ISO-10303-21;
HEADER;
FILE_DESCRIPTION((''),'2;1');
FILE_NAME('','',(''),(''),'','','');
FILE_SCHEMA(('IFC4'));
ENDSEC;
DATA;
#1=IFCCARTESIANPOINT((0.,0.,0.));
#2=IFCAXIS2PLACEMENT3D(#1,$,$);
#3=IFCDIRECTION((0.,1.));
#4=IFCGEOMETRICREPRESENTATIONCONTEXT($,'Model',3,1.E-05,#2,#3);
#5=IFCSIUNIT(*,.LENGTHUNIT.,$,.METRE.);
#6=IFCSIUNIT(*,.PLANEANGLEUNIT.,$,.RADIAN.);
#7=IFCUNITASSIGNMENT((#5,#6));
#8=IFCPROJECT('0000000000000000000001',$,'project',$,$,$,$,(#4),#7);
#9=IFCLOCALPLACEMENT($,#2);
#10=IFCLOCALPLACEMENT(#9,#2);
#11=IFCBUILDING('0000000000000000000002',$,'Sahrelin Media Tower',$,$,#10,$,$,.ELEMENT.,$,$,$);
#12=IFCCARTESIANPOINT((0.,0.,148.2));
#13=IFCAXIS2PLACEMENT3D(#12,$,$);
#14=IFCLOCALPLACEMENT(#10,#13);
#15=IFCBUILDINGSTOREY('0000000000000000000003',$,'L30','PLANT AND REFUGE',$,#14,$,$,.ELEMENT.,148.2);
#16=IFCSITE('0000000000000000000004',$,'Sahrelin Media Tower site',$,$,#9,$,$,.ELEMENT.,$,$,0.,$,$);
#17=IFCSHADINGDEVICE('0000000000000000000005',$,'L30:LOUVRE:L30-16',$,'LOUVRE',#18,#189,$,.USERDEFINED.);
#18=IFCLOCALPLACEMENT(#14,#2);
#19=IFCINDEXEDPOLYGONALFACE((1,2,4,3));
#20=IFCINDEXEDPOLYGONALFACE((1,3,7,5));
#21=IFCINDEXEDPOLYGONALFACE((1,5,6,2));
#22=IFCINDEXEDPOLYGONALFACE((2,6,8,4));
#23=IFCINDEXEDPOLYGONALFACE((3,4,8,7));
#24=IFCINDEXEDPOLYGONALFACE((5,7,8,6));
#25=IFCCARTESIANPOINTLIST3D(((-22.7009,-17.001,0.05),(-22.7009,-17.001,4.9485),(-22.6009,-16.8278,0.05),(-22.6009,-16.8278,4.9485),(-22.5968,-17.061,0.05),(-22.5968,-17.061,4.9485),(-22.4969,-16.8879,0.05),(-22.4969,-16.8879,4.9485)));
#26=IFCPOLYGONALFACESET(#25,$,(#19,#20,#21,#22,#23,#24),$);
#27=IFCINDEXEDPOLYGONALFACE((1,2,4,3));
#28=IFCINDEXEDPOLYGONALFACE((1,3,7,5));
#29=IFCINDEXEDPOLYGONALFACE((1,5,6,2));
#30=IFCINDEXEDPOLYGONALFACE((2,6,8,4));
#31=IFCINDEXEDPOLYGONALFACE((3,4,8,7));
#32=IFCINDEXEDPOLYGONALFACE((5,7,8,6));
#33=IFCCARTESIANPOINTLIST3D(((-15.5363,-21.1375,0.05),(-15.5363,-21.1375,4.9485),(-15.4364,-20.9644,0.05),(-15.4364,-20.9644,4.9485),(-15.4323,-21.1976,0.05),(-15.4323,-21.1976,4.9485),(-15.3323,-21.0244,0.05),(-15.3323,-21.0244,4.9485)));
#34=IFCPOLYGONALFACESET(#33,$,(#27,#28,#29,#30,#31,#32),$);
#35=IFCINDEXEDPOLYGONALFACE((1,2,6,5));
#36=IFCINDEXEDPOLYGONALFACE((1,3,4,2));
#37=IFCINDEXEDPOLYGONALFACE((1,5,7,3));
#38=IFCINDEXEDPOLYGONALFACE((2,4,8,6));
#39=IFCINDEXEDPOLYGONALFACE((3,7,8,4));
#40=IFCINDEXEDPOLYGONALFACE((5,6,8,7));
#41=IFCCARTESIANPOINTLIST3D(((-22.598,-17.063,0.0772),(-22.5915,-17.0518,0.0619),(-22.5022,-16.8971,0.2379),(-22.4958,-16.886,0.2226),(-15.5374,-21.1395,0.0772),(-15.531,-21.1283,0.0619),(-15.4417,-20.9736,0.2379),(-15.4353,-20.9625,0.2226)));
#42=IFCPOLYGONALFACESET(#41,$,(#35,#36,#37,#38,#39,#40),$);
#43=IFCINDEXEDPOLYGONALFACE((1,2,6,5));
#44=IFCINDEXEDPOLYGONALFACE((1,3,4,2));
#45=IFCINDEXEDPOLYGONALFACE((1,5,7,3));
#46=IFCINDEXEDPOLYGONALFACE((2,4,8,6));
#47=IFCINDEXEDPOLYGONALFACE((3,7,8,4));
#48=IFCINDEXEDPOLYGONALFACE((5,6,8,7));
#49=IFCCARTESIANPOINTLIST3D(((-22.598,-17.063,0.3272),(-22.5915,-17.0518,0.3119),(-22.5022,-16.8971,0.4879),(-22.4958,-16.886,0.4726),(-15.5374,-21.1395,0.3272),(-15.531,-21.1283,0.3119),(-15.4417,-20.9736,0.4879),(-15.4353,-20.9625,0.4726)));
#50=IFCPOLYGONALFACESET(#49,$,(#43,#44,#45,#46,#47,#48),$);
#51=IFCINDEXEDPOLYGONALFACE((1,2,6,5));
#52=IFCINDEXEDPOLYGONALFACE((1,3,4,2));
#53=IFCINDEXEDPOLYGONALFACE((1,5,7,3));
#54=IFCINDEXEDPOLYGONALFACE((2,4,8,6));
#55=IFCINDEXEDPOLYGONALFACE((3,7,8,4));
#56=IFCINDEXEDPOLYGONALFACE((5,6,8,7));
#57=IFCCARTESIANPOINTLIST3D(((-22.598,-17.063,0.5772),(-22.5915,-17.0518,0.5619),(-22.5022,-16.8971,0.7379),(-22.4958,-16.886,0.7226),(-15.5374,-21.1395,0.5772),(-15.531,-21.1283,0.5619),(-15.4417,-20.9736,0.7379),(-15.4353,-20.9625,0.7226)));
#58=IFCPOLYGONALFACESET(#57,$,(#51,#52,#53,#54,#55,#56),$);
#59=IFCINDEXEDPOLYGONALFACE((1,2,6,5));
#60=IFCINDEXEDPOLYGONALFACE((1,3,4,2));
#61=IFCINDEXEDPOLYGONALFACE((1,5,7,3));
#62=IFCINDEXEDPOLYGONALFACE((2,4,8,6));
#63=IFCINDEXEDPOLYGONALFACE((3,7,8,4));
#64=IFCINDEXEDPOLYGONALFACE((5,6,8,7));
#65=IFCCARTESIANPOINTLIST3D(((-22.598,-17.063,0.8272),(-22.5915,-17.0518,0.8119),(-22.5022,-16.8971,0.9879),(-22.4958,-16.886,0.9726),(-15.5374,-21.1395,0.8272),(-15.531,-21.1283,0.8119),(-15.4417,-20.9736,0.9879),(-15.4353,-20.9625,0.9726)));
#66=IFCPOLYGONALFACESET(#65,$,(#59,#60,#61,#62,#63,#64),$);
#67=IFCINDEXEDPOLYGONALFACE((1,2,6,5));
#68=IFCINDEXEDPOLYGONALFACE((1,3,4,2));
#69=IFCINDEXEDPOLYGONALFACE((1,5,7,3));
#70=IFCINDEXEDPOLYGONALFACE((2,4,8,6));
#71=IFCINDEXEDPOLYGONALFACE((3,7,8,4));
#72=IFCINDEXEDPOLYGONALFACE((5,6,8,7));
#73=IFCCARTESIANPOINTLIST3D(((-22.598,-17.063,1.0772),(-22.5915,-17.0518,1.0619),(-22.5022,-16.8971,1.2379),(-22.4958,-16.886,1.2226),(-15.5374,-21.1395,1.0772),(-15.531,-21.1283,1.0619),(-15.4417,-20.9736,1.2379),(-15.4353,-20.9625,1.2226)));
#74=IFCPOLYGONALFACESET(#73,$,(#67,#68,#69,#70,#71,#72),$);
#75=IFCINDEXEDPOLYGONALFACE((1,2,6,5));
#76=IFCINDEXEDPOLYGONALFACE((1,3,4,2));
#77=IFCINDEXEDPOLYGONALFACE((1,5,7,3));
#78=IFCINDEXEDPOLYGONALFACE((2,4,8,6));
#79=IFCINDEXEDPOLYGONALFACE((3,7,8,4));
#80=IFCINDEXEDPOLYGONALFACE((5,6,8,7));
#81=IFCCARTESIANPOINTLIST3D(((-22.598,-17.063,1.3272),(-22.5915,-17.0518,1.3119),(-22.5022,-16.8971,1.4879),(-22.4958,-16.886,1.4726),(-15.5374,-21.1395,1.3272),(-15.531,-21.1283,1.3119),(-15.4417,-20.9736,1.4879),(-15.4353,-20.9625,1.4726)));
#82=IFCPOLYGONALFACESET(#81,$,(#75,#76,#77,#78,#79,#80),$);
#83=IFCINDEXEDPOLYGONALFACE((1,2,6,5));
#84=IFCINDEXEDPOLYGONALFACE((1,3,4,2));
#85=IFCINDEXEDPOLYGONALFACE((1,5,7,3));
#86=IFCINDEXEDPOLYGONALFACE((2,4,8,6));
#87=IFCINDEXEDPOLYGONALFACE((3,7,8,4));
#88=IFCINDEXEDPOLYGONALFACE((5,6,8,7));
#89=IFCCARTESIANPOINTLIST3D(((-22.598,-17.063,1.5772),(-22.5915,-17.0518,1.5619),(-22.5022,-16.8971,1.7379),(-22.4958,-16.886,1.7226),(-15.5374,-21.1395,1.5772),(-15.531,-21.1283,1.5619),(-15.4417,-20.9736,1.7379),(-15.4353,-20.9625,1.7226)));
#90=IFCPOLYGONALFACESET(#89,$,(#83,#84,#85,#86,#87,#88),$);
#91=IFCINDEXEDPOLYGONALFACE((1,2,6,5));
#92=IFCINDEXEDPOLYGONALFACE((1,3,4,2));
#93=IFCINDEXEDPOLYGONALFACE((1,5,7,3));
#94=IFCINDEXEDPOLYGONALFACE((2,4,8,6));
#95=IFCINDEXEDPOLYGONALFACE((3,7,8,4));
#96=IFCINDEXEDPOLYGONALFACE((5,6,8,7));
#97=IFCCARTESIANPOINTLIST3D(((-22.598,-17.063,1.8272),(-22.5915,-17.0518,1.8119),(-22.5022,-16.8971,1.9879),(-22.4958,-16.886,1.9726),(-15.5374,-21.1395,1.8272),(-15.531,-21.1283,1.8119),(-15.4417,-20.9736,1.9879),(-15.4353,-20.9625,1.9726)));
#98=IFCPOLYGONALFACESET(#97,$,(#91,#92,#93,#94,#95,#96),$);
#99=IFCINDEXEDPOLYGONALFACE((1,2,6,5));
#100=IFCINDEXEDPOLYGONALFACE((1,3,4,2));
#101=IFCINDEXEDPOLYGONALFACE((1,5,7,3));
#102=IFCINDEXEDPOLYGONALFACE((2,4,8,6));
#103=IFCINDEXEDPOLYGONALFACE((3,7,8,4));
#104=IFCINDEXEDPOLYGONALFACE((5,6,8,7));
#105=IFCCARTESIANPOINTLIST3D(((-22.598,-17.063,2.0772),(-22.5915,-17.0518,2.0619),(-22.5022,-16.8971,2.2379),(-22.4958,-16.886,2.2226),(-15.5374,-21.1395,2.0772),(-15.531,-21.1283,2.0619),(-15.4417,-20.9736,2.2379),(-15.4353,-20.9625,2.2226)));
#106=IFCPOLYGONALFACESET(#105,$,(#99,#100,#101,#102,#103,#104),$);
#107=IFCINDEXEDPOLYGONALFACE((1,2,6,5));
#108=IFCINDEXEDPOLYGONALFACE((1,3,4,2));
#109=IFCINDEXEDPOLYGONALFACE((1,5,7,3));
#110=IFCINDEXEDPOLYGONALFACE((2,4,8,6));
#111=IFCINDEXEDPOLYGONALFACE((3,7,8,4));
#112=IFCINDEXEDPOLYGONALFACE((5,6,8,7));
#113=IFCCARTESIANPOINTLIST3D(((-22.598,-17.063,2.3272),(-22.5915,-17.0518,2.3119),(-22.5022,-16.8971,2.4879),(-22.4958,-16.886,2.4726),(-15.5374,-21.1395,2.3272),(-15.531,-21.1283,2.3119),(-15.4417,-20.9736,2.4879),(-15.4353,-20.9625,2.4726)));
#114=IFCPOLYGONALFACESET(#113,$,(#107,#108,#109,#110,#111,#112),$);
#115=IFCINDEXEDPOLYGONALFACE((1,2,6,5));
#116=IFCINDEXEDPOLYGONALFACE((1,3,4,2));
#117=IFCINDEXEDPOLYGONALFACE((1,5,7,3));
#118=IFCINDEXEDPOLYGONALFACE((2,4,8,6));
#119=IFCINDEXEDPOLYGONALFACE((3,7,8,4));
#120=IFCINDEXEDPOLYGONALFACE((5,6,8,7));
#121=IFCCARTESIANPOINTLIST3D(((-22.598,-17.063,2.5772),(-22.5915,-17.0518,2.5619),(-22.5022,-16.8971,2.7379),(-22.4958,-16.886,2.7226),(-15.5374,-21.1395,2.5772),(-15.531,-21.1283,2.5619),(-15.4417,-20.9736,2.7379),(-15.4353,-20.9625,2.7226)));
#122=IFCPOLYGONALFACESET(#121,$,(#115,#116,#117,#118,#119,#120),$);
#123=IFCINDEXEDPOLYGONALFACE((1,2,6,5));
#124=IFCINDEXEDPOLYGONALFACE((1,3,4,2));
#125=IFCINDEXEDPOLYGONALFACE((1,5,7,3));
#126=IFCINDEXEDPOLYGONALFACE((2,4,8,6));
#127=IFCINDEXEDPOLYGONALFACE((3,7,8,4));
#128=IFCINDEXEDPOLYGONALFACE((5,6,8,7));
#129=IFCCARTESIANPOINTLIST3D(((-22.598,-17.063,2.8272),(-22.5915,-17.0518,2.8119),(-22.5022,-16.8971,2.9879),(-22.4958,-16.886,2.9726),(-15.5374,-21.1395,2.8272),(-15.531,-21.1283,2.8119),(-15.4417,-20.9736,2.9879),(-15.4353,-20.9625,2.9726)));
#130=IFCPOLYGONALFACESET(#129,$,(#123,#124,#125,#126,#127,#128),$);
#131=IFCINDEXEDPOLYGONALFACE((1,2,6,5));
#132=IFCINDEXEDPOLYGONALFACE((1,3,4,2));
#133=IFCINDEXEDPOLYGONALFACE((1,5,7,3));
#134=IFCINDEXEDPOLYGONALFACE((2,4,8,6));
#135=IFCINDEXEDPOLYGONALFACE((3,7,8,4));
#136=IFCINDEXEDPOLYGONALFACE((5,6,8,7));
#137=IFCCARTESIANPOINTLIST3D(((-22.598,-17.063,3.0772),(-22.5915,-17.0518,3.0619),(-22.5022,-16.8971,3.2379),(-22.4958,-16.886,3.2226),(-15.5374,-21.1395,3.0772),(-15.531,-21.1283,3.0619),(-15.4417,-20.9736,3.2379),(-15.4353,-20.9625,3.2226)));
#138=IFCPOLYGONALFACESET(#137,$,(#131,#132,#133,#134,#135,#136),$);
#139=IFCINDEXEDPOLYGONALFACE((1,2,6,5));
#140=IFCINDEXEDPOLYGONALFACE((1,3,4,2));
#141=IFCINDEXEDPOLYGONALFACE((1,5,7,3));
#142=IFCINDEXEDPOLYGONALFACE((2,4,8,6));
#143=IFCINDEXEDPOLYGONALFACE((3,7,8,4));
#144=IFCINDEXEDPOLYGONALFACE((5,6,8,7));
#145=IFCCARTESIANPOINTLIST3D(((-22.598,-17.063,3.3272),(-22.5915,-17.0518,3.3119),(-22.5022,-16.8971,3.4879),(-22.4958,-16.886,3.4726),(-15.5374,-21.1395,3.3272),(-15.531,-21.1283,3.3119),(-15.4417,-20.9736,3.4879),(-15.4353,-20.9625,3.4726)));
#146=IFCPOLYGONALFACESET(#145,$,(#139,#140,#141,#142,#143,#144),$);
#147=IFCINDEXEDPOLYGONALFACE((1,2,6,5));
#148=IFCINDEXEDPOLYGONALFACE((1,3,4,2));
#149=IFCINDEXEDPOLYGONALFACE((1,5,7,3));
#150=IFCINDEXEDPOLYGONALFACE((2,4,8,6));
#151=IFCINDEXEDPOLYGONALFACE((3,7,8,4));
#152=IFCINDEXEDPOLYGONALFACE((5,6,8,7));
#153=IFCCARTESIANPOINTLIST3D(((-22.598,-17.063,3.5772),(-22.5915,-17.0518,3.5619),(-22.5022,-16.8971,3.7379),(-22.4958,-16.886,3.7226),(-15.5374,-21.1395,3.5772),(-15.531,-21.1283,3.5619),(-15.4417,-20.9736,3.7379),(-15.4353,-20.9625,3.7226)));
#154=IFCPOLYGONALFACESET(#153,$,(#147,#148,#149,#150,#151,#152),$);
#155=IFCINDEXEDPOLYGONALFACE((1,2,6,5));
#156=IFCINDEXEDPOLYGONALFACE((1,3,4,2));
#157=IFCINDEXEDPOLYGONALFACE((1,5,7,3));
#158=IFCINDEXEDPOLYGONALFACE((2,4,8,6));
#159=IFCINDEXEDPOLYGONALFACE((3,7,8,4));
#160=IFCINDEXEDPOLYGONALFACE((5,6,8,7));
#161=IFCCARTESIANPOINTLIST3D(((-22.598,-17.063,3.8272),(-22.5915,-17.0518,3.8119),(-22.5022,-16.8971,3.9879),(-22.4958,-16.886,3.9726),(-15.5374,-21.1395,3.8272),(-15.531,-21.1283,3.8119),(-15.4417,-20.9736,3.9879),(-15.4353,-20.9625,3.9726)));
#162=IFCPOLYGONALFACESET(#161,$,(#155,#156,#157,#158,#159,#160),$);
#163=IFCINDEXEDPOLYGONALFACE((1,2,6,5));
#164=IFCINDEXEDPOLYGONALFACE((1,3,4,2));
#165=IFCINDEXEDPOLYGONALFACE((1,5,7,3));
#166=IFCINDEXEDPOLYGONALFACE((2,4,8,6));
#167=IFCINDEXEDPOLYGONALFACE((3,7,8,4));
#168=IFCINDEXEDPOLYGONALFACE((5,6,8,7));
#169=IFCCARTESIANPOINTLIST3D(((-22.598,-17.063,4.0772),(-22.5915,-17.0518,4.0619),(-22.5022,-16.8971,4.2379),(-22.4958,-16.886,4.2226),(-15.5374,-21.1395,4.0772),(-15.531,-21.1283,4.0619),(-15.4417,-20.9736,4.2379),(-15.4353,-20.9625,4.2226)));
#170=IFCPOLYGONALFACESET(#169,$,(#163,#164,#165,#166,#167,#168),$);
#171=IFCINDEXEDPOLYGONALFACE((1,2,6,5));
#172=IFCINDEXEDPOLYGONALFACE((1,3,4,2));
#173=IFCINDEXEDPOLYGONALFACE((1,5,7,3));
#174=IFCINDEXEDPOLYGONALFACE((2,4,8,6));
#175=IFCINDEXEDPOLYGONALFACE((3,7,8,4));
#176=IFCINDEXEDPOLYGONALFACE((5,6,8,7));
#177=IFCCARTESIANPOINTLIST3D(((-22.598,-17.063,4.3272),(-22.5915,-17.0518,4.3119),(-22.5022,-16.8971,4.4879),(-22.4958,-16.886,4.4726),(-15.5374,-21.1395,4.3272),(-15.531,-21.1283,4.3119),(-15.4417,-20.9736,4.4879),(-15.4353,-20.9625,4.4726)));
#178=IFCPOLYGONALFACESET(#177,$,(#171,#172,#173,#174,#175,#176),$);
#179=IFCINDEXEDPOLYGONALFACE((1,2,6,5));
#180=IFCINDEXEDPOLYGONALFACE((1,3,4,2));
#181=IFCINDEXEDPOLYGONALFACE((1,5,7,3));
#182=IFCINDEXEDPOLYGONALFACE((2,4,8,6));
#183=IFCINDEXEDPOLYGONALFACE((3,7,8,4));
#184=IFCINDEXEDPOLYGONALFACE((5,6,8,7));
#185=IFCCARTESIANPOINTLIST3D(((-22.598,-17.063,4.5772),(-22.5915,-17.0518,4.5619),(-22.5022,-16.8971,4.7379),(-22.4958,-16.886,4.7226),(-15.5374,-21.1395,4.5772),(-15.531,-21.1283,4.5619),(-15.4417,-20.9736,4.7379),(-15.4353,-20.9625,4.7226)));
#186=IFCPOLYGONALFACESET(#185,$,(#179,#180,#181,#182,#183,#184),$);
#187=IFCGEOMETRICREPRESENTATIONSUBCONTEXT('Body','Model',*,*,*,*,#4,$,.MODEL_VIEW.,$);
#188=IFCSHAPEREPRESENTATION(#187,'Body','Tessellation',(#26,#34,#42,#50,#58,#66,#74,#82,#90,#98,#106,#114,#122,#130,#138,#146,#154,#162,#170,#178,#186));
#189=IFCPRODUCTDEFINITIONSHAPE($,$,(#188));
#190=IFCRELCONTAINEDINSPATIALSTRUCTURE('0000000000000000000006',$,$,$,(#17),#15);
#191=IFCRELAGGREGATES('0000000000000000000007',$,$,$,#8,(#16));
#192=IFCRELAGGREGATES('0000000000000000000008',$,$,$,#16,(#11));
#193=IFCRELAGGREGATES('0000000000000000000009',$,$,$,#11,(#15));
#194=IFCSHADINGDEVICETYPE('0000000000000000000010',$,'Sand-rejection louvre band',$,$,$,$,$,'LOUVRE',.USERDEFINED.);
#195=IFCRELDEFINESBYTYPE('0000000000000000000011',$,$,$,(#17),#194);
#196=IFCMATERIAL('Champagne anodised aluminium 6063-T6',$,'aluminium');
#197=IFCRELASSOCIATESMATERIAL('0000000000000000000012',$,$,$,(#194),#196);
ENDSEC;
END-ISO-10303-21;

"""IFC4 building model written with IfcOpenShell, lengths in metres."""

from ifc_helpers import new_model, si_unit, direction, frame, origin, origin_2d, place, context, subcontext, project, spatial, rectangle, extrude, material, type_object, element, save


model = new_model("IFC4")

# Units and contexts
model_context = context("Model", 3, precision=1e-05, world=origin(), true_north=direction((0.0, 1.0)))
body_context = subcontext(model_context, "Body", "Model", "MODEL_VIEW")
ifc_project = project(units=[si_unit("LENGTHUNIT", "METRE"), si_unit("PLANEANGLEUNIT", "RADIAN")], contexts=[model_context])

# Site, building, storey
site_placement = place(None, origin())
site = spatial("IfcSite", under=ifc_project, at=site_placement, Name="Sahrelin Media Tower site", CompositionType="ELEMENT", RefElevation=0.0)
building_placement = place(site_placement, origin())
building = spatial("IfcBuilding", under=site, at=building_placement, Name="Sahrelin Media Tower", CompositionType="ELEMENT")
storey_placement = place(building_placement, frame((0.0, 0.0, 148.2)))
storey = spatial("IfcBuildingStorey", under=building, at=storey_placement, Name="L30", Description="PLANT AND REFUGE", CompositionType="ELEMENT", Elevation=148.2)

# Shading device
ifc_material_1 = material(Name="Champagne anodised aluminium 6063-T6", Category="aluminium")
shading_device_type = type_object("IfcShadingDeviceType", Name="Sand-rejection louvre band", ElementType="LOUVRE", PredefinedType="USERDEFINED", material=ifc_material_1)
shading_device_1_placement = place(storey_placement, frame((-18.9666, -18.926, 0.0), z_axis=(0.0, 0.0, 1.0), x_axis=(-0.866019, 0.500011, 0.0)))
element("IfcShadingDevice", 1, at=shading_device_1_placement, inside=storey, type_object=shading_device_type, Name="L30:LOUVRE:L30-16", ObjectType="LOUVRE", PredefinedType="USERDEFINED", context=body_context, shape_type="SweptSolid", body=[
    extrude(rectangle(XDim=0.1201, YDim=0.2, at=origin_2d()), frame((4.1365, 0.1001, 0.05), z_axis=(0.0, 0.0, 1.0), x_axis=(1.0, 0.0, 0.0)), (0.0, 0.0, 1.0), 4.8984),
    extrude(rectangle(XDim=0.1201, YDim=0.2, at=origin_2d()), frame((-4.1365, 0.1001, 0.05), z_axis=(0.0, 0.0, 1.0), x_axis=(1.0, 0.0, 0.0)), (0.0, 0.0, 1.0), 4.8984),
    extrude(rectangle(XDim=0.25, YDim=0.02, at=origin_2d()), frame((4.0764, 0.1001, 0.1499), z_axis=(-1.0, 0.0, 0.0), x_axis=(0.0, -0.766044, 0.642788)), (0.0, 0.0, 1.0), 8.1528),
    extrude(rectangle(XDim=0.25, YDim=0.02, at=origin_2d()), frame((4.0764, 0.1001, 0.3999), z_axis=(-1.0, 0.0, 0.0), x_axis=(0.0, -0.766044, 0.642788)), (0.0, 0.0, 1.0), 8.1528),
    extrude(rectangle(XDim=0.25, YDim=0.02, at=origin_2d()), frame((4.0764, 0.1001, 0.6499), z_axis=(-1.0, 0.0, 0.0), x_axis=(0.0, -0.766044, 0.642788)), (0.0, 0.0, 1.0), 8.1528),
    extrude(rectangle(XDim=0.25, YDim=0.02, at=origin_2d()), frame((4.0764, 0.1001, 0.8999), z_axis=(-1.0, 0.0, 0.0), x_axis=(0.0, -0.766044, 0.642788)), (0.0, 0.0, 1.0), 8.1528),
    extrude(rectangle(XDim=0.25, YDim=0.02, at=origin_2d()), frame((4.0764, 0.1001, 1.1499), z_axis=(-1.0, 0.0, 0.0), x_axis=(0.0, -0.766044, 0.642788)), (0.0, 0.0, 1.0), 8.1528),
    extrude(rectangle(XDim=0.25, YDim=0.02, at=origin_2d()), frame((4.0764, 0.1001, 1.3999), z_axis=(-1.0, 0.0, 0.0), x_axis=(0.0, -0.766044, 0.642788)), (0.0, 0.0, 1.0), 8.1528),
    extrude(rectangle(XDim=0.25, YDim=0.02, at=origin_2d()), frame((4.0764, 0.1001, 1.6499), z_axis=(-1.0, 0.0, 0.0), x_axis=(0.0, -0.766044, 0.642788)), (0.0, 0.0, 1.0), 8.1528),
    extrude(rectangle(XDim=0.25, YDim=0.02, at=origin_2d()), frame((4.0764, 0.1001, 1.8999), z_axis=(-1.0, 0.0, 0.0), x_axis=(0.0, -0.766044, 0.642788)), (0.0, 0.0, 1.0), 8.1528),
    extrude(rectangle(XDim=0.25, YDim=0.02, at=origin_2d()), frame((4.0764, 0.1001, 2.1499), z_axis=(-1.0, 0.0, 0.0), x_axis=(0.0, -0.766044, 0.642788)), (0.0, 0.0, 1.0), 8.1528),
    extrude(rectangle(XDim=0.25, YDim=0.02, at=origin_2d()), frame((4.0764, 0.1001, 2.3999), z_axis=(-1.0, 0.0, 0.0), x_axis=(0.0, -0.766044, 0.642788)), (0.0, 0.0, 1.0), 8.1528),
    extrude(rectangle(XDim=0.25, YDim=0.02, at=origin_2d()), frame((4.0764, 0.1001, 2.6499), z_axis=(-1.0, 0.0, 0.0), x_axis=(0.0, -0.766044, 0.642788)), (0.0, 0.0, 1.0), 8.1528),
    extrude(rectangle(XDim=0.25, YDim=0.02, at=origin_2d()), frame((4.0764, 0.1001, 2.8999), z_axis=(-1.0, 0.0, 0.0), x_axis=(0.0, -0.766044, 0.642788)), (0.0, 0.0, 1.0), 8.1528),
    extrude(rectangle(XDim=0.25, YDim=0.02, at=origin_2d()), frame((4.0764, 0.1001, 3.1499), z_axis=(-1.0, 0.0, 0.0), x_axis=(0.0, -0.766044, 0.642788)), (0.0, 0.0, 1.0), 8.1528),
    extrude(rectangle(XDim=0.25, YDim=0.02, at=origin_2d()), frame((4.0764, 0.1001, 3.3999), z_axis=(-1.0, 0.0, 0.0), x_axis=(0.0, -0.766044, 0.642788)), (0.0, 0.0, 1.0), 8.1528),
    extrude(rectangle(XDim=0.25, YDim=0.02, at=origin_2d()), frame((4.0764, 0.1001, 3.6499), z_axis=(-1.0, 0.0, 0.0), x_axis=(0.0, -0.766044, 0.642788)), (0.0, 0.0, 1.0), 8.1528),
    extrude(rectangle(XDim=0.25, YDim=0.02, at=origin_2d()), frame((4.0764, 0.1001, 3.8999), z_axis=(-1.0, 0.0, 0.0), x_axis=(0.0, -0.766044, 0.642788)), (0.0, 0.0, 1.0), 8.1528),
    extrude(rectangle(XDim=0.25, YDim=0.02, at=origin_2d()), frame((4.0764, 0.1001, 4.1499), z_axis=(-1.0, 0.0, 0.0), x_axis=(0.0, -0.766044, 0.642788)), (0.0, 0.0, 1.0), 8.1528),
    extrude(rectangle(XDim=0.25, YDim=0.02, at=origin_2d()), frame((4.0764, 0.1001, 4.3999), z_axis=(-1.0, 0.0, 0.0), x_axis=(0.0, -0.766044, 0.642788)), (0.0, 0.0, 1.0), 8.1528),
    extrude(rectangle(XDim=0.25, YDim=0.02, at=origin_2d()), frame((4.0764, 0.1001, 4.6499), z_axis=(-1.0, 0.0, 0.0), x_axis=(0.0, -0.766044, 0.642788)), (0.0, 0.0, 1.0), 8.1528),
])

save(model, "model.ifc")
